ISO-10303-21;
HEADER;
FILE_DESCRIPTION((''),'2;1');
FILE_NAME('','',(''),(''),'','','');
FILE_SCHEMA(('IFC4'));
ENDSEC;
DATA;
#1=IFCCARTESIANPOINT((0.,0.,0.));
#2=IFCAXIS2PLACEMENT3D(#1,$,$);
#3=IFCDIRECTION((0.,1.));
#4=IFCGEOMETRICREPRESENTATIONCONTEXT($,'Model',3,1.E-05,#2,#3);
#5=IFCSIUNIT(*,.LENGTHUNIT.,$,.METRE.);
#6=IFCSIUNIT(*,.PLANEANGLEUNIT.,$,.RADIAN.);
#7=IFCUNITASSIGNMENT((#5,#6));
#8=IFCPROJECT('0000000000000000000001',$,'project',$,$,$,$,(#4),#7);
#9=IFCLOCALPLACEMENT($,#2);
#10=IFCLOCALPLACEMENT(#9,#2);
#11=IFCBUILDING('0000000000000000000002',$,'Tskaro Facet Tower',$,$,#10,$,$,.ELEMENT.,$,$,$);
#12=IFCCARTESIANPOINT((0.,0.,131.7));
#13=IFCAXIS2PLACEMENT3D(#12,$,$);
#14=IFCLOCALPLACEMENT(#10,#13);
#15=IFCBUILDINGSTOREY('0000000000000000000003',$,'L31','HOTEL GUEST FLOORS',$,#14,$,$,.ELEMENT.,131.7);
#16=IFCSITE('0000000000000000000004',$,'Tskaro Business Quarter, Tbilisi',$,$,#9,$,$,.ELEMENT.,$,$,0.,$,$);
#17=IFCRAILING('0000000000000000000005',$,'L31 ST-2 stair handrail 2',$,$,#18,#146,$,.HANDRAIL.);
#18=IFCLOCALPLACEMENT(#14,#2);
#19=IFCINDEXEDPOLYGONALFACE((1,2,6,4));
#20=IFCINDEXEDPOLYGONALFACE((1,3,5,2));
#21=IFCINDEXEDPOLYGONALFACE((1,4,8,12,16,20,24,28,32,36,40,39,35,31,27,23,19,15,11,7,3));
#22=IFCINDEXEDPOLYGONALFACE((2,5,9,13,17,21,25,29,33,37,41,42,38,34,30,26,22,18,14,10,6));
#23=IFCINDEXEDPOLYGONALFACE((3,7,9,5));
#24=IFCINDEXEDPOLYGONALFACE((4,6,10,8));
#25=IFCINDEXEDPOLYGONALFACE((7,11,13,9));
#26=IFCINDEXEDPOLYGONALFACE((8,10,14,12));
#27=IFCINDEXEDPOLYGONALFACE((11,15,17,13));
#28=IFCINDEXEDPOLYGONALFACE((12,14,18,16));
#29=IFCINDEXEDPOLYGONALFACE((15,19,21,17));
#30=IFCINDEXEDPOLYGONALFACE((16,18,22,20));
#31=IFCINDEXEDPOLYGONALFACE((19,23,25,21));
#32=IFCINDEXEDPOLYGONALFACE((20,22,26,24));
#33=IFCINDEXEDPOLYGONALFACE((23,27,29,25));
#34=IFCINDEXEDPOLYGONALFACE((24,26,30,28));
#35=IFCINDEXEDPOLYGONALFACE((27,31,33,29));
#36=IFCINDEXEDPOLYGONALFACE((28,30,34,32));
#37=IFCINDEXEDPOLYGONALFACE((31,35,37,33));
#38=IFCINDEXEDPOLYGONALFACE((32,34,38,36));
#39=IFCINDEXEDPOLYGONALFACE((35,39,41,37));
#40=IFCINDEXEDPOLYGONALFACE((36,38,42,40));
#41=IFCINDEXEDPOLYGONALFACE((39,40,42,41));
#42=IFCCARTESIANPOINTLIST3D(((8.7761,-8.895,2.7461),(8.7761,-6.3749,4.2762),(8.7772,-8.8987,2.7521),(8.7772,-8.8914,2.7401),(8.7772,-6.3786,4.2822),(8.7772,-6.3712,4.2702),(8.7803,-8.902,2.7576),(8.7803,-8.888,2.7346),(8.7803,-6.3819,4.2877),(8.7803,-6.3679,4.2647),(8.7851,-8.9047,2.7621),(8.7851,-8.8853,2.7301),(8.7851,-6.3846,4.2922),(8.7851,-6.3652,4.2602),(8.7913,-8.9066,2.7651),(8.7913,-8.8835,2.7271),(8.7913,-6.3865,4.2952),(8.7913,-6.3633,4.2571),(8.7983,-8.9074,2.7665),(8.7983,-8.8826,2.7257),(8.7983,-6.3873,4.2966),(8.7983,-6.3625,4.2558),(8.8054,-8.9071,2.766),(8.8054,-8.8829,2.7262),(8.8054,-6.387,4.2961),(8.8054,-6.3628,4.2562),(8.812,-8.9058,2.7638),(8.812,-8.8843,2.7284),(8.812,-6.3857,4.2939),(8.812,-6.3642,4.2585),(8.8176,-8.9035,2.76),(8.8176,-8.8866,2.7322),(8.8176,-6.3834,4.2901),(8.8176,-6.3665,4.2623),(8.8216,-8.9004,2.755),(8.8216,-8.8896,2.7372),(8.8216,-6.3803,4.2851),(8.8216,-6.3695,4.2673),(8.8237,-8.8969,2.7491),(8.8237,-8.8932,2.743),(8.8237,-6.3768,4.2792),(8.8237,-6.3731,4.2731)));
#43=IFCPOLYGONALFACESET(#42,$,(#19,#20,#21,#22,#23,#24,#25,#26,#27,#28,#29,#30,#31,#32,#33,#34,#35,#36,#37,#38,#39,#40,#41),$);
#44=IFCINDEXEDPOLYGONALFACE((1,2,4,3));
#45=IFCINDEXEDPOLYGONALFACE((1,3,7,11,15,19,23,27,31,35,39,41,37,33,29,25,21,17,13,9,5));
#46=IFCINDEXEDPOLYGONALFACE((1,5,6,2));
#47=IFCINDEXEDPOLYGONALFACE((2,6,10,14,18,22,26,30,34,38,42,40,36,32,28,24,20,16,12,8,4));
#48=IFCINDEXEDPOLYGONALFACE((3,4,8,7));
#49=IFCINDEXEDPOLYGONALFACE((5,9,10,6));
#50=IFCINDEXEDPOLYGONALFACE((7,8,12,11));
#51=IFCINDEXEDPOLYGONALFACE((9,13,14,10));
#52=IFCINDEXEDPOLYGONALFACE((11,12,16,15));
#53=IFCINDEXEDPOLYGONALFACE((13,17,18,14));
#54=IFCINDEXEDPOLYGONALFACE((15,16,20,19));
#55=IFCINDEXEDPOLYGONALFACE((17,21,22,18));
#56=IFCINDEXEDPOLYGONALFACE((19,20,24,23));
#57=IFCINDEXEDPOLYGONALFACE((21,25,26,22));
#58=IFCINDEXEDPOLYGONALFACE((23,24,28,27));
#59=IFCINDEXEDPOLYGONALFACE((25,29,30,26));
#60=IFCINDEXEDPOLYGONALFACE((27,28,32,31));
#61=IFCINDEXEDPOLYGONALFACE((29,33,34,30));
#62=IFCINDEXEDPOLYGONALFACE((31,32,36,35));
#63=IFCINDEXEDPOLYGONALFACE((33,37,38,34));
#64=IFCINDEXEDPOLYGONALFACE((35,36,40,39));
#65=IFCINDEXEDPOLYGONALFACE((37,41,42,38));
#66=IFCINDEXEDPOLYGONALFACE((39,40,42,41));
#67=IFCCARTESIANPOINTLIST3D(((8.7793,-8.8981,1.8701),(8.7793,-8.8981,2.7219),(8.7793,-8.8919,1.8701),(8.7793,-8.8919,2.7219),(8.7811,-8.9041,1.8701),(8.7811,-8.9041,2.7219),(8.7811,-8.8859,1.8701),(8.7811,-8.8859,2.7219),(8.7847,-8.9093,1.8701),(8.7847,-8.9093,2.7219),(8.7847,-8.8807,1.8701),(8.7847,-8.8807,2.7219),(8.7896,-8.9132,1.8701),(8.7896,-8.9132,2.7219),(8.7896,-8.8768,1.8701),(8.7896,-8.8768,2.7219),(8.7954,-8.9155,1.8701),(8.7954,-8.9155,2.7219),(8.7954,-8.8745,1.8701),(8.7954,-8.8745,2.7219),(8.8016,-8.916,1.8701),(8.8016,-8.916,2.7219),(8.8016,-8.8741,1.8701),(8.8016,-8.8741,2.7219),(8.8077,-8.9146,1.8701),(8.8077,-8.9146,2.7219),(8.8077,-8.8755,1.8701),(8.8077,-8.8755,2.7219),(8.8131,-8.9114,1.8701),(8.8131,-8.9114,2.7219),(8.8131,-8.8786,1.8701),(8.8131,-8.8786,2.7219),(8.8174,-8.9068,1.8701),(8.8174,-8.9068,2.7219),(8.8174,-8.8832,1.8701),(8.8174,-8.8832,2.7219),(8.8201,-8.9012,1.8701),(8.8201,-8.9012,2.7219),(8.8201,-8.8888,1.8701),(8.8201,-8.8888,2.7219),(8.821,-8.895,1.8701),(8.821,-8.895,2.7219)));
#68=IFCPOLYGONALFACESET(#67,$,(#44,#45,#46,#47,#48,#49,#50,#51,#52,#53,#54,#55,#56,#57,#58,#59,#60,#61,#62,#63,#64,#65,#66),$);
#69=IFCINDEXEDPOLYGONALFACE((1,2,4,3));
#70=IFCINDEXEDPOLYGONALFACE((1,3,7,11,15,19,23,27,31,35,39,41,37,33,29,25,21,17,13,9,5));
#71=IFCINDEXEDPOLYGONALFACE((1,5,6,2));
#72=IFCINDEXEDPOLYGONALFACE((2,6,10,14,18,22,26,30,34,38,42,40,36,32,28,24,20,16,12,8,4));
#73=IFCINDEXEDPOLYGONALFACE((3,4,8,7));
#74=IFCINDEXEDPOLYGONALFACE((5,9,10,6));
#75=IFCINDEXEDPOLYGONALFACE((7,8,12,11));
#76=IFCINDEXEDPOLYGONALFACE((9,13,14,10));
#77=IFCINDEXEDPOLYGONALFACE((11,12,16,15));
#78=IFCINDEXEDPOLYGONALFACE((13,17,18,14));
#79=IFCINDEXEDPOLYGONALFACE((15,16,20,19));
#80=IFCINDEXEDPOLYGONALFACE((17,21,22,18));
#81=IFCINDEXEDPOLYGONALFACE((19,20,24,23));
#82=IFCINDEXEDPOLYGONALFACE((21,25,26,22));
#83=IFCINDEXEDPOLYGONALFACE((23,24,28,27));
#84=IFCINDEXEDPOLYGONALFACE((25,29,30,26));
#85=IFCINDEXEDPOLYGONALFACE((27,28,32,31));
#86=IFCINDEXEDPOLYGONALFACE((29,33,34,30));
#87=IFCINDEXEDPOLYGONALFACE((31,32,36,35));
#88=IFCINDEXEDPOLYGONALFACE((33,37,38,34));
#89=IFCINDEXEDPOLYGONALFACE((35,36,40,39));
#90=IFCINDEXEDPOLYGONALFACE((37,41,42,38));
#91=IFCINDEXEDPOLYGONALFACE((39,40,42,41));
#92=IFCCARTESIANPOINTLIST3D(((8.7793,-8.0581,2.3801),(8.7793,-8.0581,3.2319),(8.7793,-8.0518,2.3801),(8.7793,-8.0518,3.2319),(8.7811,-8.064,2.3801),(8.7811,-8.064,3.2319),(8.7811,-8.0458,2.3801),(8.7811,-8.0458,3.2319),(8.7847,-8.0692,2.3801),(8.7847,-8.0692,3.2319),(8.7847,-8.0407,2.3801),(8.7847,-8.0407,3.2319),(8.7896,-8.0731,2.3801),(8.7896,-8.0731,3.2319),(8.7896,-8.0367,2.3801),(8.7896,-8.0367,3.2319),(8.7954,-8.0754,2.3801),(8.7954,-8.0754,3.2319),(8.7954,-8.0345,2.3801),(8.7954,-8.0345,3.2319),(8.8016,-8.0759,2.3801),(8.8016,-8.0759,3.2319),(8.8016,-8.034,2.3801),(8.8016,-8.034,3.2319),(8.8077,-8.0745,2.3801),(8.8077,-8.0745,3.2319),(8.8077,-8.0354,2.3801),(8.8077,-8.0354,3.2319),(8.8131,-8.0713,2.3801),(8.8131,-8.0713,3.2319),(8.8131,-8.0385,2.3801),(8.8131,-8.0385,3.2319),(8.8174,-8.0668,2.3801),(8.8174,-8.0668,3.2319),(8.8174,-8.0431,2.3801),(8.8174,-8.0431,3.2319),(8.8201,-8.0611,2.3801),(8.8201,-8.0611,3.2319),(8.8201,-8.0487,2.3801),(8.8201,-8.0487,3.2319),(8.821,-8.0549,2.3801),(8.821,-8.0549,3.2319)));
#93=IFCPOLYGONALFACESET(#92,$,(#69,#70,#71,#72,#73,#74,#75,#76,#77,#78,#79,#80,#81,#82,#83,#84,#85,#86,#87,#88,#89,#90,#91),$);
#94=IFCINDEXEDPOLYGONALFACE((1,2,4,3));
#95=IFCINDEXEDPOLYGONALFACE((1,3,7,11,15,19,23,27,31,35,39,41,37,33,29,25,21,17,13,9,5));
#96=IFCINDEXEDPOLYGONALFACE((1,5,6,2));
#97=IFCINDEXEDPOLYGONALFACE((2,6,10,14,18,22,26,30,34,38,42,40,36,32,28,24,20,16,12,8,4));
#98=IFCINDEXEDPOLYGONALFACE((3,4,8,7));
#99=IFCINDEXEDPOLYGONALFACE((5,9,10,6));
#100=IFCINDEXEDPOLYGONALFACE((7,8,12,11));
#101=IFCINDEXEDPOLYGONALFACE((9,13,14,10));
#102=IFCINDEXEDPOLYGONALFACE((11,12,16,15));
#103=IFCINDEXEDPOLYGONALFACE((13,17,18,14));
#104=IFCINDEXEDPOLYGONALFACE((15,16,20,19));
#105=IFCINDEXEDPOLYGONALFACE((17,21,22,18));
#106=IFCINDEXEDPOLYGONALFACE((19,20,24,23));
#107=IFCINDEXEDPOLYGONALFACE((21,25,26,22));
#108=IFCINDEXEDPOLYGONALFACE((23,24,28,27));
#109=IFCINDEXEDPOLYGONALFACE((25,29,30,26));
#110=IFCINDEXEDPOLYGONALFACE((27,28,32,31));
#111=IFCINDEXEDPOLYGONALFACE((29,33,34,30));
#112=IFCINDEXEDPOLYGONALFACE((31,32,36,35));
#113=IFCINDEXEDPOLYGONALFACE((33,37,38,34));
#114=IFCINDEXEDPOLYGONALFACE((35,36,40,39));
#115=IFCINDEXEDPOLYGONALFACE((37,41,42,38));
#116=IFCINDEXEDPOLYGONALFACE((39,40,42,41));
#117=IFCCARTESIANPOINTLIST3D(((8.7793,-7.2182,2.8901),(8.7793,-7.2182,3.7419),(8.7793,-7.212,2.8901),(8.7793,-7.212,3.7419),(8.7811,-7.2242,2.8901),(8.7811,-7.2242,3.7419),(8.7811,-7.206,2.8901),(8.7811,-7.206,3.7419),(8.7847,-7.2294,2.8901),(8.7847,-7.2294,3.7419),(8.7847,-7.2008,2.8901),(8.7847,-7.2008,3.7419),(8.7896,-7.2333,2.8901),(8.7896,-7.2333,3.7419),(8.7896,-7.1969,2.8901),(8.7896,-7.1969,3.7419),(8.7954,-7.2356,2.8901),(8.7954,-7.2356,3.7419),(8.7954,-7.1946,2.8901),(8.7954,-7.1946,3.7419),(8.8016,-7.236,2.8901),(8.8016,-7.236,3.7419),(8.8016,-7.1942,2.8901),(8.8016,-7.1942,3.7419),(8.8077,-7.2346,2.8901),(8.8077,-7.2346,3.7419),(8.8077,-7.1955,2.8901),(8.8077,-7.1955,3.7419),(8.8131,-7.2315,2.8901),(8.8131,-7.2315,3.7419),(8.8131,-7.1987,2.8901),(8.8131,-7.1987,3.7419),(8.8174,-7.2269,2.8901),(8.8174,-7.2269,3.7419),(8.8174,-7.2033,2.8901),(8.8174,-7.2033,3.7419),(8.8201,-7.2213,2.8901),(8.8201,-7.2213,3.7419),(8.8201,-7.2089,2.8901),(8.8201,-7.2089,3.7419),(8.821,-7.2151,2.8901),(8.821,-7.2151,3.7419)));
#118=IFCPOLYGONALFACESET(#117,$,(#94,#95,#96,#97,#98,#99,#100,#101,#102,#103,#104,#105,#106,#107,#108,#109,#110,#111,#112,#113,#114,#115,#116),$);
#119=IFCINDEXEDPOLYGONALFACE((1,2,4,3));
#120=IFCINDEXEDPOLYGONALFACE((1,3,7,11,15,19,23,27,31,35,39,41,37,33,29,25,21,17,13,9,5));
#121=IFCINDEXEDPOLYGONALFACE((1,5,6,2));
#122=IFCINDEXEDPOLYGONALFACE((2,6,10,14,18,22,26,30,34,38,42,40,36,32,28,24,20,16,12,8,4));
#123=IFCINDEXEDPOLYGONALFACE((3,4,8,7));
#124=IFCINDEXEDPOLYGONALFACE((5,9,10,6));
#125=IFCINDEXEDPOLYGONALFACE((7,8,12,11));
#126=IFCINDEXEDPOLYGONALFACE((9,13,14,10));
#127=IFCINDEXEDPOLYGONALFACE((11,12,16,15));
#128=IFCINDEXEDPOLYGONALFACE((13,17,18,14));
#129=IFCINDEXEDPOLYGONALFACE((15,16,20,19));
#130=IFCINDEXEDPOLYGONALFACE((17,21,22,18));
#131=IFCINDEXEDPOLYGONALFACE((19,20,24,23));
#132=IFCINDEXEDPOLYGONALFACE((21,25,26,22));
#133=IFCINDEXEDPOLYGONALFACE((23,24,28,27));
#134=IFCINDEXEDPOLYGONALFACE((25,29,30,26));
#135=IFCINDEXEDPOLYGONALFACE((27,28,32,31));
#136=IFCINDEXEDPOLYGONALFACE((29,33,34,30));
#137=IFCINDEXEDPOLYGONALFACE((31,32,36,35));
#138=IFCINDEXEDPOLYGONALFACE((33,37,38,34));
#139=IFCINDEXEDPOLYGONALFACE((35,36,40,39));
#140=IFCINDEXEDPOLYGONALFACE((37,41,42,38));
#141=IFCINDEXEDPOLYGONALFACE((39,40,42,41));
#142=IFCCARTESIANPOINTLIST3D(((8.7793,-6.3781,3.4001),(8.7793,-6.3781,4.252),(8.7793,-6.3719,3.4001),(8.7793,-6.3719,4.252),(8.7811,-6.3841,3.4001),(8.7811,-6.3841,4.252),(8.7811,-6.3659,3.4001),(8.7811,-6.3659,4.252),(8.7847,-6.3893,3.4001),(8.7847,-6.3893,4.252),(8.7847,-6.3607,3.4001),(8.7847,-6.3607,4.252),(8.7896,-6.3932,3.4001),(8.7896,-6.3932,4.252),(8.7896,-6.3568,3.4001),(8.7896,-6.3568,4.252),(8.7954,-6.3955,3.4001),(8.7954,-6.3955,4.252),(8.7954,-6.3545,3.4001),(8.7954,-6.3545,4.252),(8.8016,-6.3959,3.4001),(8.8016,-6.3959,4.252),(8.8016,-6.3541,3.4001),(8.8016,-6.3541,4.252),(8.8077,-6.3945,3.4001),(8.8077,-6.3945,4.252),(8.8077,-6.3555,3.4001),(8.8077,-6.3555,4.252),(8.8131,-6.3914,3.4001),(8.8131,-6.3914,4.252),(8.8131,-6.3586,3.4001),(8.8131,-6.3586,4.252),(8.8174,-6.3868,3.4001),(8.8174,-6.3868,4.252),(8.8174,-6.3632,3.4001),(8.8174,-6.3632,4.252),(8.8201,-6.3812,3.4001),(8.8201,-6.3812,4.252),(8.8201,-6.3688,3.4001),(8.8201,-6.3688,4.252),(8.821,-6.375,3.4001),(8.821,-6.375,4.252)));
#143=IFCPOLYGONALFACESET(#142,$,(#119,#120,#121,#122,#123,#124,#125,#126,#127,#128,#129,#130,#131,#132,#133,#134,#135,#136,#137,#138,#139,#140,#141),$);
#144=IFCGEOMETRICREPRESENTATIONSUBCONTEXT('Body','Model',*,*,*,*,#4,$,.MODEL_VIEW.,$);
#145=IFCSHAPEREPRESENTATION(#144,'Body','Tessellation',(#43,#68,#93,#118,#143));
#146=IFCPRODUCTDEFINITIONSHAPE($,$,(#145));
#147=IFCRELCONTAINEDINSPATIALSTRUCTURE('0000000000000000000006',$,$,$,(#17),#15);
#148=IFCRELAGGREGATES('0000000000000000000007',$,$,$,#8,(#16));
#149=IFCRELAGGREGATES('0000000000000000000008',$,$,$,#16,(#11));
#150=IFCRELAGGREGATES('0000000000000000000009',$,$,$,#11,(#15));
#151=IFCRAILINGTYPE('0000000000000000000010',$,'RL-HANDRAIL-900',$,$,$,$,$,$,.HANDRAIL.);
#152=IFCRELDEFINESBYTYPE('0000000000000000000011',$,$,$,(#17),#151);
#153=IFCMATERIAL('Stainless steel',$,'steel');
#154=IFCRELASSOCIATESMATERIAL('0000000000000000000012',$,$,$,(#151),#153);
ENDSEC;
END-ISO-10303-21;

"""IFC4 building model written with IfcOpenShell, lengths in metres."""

from ifc_helpers import new_model, si_unit, direction, frame, origin, origin_2d, place, context, subcontext, project, spatial, circle, extrude, material, type_object, element, save


model = new_model("IFC4")

# Units and contexts
model_context = context("Model", 3, precision=1e-05, world=origin(), true_north=direction((0.0, 1.0)))
body_context = subcontext(model_context, "Body", "Model", "MODEL_VIEW")
ifc_project = project(units=[si_unit("LENGTHUNIT", "METRE"), si_unit("PLANEANGLEUNIT", "RADIAN")], contexts=[model_context])

# Site, building, storey
site_placement = place(None, origin())
site = spatial("IfcSite", under=ifc_project, at=site_placement, Name="Tskaro Business Quarter, Tbilisi", CompositionType="ELEMENT", RefElevation=0.0)
building_placement = place(site_placement, origin())
building = spatial("IfcBuilding", under=site, at=building_placement, Name="Tskaro Facet Tower", CompositionType="ELEMENT")
storey_placement = place(building_placement, frame((0.0, 0.0, 131.7)))
storey = spatial("IfcBuildingStorey", under=building, at=storey_placement, Name="L31", Description="HOTEL GUEST FLOORS", CompositionType="ELEMENT", Elevation=131.7)

# Railing
ifc_material_1 = material(Name="Stainless steel", Category="steel")
railing_type = type_object("IfcRailingType", Name="RL-HANDRAIL-900", PredefinedType="HANDRAIL", material=ifc_material_1)
railing_placement = place(storey_placement, frame((8.8, -8.895, 1.8701)))
element("IfcRailing", 1, at=railing_placement, inside=storey, type_object=railing_type, Name="L31 ST-2 stair handrail 2", PredefinedType="HANDRAIL", context=body_context, shape_type="SweptSolid", body=[
    extrude(circle(Radius=0.0239, at=origin_2d()), frame((0.0, 0.0, 0.876), z_axis=(0.0, 0.854785, 0.518982), x_axis=(-1.0, 0.0, 0.0)), (0.0, 0.0, 1.0), 2.9482),
    extrude(circle(Radius=0.021, at=origin_2d()), origin(), (0.0, 0.0, 1.0), 0.8518),
    extrude(circle(Radius=0.021, at=origin_2d()), frame((0.0, 0.8401, 0.51)), (0.0, 0.0, 1.0), 0.8518),
    extrude(circle(Radius=0.021, at=origin_2d()), frame((0.0, 1.6799, 1.02)), (0.0, 0.0, 1.0), 0.8518),
    extrude(circle(Radius=0.021, at=origin_2d()), frame((0.0, 2.52, 1.53)), (0.0, 0.0, 1.0), 0.8518),
])

save(model, "model.ifc")
